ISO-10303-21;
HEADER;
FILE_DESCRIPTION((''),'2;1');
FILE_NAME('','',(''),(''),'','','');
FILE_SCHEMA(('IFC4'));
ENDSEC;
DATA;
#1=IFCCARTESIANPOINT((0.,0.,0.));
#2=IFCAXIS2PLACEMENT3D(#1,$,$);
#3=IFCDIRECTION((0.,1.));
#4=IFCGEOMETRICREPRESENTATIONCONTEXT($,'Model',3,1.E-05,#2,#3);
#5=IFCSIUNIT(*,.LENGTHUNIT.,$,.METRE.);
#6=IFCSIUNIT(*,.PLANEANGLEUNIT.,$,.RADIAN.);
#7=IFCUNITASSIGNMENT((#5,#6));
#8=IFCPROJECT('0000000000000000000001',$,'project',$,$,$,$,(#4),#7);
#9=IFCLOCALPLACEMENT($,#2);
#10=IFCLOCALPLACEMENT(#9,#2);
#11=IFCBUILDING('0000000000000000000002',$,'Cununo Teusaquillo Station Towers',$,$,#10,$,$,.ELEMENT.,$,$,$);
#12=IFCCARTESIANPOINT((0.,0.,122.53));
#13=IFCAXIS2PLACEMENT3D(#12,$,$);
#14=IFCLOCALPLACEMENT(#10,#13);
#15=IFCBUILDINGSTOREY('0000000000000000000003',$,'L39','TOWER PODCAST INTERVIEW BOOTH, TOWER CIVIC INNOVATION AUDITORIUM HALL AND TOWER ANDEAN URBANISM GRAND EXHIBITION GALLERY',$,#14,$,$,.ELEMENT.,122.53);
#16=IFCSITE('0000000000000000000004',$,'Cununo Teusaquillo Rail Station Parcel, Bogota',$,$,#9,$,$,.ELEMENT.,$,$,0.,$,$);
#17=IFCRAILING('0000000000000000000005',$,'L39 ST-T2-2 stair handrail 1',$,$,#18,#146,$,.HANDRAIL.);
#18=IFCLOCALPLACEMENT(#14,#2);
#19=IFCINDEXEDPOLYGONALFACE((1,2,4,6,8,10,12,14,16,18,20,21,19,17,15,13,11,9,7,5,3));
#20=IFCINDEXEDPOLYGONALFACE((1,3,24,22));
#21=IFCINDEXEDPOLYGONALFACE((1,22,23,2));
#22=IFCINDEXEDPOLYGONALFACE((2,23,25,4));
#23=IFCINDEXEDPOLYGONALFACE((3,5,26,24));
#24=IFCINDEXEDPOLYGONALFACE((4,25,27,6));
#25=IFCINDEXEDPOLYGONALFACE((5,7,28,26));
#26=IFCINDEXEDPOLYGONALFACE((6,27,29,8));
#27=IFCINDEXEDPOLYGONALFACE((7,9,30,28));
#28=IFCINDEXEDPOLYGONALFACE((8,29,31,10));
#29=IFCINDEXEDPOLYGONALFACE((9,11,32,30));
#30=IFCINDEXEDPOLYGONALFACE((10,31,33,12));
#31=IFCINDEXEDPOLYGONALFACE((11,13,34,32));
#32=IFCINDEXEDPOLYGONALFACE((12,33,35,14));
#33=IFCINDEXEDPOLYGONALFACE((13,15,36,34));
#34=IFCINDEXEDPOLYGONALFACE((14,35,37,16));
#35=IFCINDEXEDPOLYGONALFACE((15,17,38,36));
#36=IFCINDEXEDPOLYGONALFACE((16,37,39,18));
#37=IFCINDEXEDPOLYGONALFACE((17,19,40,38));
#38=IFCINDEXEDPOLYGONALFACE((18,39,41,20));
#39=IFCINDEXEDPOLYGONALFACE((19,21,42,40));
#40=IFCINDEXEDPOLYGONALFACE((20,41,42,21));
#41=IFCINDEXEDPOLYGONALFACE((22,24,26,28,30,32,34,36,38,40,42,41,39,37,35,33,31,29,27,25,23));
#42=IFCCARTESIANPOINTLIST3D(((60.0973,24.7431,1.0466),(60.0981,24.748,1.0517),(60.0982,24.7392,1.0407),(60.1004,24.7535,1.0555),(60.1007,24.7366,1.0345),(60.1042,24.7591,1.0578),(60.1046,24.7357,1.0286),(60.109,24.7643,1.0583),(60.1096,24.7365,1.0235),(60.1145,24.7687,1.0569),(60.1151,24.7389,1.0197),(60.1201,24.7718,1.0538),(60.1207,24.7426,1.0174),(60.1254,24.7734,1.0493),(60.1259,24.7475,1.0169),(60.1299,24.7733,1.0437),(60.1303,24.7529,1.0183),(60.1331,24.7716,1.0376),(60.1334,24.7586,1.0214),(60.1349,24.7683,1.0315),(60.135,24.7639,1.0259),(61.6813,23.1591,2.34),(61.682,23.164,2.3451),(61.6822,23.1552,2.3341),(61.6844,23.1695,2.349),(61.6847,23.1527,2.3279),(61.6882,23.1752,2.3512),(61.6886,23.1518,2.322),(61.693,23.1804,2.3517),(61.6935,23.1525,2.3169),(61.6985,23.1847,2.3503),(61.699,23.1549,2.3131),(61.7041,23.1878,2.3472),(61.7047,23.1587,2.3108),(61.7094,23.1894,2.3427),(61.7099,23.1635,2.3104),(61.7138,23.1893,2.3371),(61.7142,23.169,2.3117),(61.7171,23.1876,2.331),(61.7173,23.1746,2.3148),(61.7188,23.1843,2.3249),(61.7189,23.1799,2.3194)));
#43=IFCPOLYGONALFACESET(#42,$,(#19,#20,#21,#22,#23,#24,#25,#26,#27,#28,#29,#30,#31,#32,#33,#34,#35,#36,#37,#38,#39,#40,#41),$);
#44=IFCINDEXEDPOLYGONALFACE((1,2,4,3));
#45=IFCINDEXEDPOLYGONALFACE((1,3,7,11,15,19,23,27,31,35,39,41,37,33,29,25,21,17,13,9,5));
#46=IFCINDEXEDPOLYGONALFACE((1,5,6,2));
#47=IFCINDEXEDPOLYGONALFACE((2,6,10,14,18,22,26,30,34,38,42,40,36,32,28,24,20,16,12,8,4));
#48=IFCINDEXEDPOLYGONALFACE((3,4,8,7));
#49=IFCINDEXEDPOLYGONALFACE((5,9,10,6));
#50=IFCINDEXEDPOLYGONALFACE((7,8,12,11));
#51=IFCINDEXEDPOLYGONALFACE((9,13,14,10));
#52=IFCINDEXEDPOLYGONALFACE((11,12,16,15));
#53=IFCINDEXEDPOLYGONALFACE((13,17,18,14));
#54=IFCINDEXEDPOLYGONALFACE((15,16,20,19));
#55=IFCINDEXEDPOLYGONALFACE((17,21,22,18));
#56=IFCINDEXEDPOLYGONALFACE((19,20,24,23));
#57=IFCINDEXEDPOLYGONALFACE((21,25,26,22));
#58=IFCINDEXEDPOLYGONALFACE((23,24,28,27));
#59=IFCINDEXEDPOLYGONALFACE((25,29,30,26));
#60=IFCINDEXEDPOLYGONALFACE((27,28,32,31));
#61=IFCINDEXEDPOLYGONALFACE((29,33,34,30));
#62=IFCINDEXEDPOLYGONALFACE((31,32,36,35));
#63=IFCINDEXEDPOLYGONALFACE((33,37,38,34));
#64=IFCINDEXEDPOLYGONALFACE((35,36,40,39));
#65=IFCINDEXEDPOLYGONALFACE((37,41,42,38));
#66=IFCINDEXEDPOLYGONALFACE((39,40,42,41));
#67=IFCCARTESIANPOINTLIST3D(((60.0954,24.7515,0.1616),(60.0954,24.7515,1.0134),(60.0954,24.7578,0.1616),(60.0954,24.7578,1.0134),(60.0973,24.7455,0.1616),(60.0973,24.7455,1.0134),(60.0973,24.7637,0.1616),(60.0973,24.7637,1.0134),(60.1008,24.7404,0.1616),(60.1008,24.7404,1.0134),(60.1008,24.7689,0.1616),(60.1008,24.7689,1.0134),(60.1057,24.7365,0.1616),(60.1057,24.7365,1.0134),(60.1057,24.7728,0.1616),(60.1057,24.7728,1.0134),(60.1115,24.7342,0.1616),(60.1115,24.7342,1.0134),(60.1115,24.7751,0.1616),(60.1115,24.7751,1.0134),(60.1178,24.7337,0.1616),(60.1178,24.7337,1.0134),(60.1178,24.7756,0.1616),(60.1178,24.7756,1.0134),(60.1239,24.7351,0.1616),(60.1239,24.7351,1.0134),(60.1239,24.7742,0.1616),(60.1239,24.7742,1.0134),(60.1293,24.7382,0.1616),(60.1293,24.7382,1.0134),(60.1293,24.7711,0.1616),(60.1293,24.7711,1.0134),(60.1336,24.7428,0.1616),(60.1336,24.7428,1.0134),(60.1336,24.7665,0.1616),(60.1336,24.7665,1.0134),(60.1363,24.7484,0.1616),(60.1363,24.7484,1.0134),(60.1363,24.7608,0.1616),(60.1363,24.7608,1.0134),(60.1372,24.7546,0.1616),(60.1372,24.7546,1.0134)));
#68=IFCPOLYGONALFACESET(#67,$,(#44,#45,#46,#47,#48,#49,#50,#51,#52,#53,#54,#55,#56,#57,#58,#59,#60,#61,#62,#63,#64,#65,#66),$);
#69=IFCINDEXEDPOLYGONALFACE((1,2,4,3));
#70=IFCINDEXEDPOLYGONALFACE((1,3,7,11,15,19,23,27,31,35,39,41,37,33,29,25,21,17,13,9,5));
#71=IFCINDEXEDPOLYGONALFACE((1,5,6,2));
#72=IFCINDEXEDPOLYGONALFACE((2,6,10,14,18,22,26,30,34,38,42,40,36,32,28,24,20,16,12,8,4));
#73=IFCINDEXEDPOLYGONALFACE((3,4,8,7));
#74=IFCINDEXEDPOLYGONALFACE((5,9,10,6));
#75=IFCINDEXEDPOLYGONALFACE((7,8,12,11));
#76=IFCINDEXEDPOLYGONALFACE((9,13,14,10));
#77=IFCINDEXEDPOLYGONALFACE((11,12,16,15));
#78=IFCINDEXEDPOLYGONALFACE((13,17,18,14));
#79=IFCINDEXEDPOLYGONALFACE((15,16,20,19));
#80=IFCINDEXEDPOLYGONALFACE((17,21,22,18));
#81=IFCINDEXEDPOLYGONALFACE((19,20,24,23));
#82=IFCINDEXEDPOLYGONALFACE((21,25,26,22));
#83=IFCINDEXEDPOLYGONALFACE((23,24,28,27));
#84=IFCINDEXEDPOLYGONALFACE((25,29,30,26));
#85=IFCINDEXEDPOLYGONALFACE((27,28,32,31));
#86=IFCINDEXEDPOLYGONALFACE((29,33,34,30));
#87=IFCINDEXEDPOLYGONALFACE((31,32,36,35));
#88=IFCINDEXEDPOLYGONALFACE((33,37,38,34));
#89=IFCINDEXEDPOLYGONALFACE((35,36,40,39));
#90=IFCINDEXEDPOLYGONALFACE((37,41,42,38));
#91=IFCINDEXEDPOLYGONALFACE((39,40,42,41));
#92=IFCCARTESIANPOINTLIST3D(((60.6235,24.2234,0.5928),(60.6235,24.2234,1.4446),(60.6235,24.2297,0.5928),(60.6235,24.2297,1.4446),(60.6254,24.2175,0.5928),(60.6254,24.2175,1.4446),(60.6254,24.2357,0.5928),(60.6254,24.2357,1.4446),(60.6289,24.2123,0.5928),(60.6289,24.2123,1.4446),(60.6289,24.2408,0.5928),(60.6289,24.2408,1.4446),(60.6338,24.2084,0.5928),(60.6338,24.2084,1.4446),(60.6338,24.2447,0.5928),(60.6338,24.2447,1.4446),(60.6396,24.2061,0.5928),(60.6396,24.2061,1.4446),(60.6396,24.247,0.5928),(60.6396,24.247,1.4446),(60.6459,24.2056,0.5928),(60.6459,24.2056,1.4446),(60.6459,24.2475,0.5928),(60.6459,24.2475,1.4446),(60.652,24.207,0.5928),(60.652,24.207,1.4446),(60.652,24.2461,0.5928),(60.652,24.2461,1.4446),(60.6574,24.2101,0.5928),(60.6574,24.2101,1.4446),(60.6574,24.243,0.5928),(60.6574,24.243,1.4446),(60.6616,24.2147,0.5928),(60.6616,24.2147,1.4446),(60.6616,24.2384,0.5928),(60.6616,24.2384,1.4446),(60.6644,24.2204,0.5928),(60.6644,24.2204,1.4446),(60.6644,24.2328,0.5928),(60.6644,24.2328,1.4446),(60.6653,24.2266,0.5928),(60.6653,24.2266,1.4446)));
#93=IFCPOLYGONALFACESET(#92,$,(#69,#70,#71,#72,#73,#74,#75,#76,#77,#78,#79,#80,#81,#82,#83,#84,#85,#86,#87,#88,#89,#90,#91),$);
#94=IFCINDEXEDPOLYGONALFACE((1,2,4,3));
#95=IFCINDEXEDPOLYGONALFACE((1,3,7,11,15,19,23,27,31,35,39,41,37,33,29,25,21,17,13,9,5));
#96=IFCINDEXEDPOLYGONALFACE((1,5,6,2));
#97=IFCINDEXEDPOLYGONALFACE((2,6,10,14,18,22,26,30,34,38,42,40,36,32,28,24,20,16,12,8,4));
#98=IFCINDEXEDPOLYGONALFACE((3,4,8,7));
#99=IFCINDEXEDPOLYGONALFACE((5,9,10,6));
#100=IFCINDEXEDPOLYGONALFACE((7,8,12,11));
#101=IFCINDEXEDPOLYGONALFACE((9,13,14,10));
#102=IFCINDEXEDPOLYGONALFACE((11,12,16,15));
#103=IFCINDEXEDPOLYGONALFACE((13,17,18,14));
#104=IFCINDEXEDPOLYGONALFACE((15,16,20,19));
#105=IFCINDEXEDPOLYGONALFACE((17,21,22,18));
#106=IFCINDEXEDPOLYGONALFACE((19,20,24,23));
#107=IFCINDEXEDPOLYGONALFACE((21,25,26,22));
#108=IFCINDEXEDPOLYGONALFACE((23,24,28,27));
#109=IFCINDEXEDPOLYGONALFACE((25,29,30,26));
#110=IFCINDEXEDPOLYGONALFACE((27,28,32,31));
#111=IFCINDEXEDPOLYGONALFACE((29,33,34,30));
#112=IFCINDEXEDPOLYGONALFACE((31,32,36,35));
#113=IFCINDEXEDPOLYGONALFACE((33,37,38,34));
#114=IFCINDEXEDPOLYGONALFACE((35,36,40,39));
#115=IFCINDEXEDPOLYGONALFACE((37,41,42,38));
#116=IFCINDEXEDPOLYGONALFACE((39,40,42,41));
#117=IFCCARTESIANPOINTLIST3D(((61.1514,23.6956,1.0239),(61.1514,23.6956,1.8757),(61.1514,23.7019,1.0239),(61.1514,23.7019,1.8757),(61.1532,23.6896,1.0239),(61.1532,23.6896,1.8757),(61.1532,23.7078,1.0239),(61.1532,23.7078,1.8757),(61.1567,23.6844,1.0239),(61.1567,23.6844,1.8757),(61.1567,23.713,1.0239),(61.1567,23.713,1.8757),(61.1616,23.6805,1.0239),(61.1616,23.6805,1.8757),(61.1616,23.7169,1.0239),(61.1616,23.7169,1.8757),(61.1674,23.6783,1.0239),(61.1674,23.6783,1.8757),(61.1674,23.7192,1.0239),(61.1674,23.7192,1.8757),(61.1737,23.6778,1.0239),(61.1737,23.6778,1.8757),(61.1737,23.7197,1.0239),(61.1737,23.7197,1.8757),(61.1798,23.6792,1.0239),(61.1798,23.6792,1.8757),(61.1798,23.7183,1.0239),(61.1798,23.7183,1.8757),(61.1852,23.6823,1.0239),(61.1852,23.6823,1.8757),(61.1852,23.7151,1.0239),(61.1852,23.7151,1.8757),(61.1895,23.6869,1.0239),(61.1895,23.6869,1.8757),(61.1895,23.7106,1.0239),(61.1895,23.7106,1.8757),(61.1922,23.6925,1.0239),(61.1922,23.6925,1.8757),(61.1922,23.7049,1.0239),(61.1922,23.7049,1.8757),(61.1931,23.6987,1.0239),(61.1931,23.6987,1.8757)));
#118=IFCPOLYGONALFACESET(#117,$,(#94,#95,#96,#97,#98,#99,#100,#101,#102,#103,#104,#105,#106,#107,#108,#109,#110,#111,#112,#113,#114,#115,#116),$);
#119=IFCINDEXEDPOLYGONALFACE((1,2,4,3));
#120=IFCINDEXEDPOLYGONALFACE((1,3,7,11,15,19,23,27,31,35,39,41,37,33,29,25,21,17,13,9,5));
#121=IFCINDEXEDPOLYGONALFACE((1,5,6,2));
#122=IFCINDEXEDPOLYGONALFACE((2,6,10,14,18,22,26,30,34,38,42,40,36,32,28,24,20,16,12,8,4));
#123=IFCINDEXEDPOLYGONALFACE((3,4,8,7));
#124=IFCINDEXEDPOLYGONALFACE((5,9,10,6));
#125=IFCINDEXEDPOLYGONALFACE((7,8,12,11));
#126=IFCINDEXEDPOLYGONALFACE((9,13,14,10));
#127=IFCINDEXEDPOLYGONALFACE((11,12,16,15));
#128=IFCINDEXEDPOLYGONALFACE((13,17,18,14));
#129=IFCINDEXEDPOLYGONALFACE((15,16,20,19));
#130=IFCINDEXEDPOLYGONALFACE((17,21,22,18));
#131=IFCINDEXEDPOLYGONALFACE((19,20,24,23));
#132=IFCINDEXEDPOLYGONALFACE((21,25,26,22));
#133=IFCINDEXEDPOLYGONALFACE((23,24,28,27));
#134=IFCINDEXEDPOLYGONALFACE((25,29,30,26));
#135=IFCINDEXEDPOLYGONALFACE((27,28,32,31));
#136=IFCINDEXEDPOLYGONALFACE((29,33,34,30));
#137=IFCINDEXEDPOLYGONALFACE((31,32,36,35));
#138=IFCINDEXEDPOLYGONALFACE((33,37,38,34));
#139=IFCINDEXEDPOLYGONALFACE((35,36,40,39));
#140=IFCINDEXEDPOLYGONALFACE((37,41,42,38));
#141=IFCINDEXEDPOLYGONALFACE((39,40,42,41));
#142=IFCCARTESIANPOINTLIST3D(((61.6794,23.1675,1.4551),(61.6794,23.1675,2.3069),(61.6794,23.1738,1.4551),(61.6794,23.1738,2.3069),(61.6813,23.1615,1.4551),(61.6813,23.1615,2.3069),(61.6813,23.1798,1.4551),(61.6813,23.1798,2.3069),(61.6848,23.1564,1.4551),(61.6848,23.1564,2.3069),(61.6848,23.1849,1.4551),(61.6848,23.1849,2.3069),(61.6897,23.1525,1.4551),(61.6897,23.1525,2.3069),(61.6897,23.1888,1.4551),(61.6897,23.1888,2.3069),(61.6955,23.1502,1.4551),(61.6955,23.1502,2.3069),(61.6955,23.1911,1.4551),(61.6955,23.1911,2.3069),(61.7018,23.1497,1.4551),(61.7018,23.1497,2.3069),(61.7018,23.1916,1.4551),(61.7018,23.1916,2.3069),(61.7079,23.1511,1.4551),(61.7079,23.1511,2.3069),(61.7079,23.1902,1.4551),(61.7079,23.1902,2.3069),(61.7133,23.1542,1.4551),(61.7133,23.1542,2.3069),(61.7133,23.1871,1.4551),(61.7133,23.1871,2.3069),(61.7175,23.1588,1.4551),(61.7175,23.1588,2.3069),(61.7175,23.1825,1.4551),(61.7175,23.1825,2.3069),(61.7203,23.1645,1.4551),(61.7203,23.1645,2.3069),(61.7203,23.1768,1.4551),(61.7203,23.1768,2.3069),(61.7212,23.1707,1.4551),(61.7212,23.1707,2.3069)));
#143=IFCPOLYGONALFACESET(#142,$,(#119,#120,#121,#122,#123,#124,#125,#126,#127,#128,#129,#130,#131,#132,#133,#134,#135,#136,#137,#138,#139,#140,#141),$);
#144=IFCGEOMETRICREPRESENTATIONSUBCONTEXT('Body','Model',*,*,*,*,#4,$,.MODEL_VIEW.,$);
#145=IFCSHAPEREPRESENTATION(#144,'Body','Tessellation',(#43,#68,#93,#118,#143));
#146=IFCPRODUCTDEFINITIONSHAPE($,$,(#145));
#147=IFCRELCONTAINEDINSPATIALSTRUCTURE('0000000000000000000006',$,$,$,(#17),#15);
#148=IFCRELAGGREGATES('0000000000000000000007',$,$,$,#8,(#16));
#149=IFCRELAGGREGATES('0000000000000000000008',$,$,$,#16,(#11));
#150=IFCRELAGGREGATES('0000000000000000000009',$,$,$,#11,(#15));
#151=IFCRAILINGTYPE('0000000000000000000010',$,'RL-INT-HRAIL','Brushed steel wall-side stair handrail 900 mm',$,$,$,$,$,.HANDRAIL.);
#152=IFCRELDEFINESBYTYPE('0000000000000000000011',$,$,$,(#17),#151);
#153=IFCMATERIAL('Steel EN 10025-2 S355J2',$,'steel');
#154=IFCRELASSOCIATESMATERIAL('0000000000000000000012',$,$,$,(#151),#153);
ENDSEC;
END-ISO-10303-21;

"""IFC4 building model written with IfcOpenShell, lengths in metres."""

from ifc_helpers import new_model, si_unit, direction, frame, origin, origin_2d, place, context, subcontext, project, spatial, circle, extrude, material, type_object, element, save


model = new_model("IFC4")

# Units and contexts
model_context = context("Model", 3, precision=1e-05, world=origin(), true_north=direction((0.0, 1.0)))
body_context = subcontext(model_context, "Body", "Model", "MODEL_VIEW")
ifc_project = project(units=[si_unit("LENGTHUNIT", "METRE"), si_unit("PLANEANGLEUNIT", "RADIAN")], contexts=[model_context])

# Site, building, storey
site_placement = place(None, origin())
site = spatial("IfcSite", under=ifc_project, at=site_placement, Name="Cununo Teusaquillo Rail Station Parcel, Bogota", CompositionType="ELEMENT", RefElevation=0.0)
building_placement = place(site_placement, origin())
building = spatial("IfcBuilding", under=site, at=building_placement, Name="Cununo Teusaquillo Station Towers", CompositionType="ELEMENT")
storey_placement = place(building_placement, frame((0.0, 0.0, 122.53)))
storey = spatial("IfcBuildingStorey", under=building, at=storey_placement, Name="L39", Description="TOWER PODCAST INTERVIEW BOOTH, TOWER CIVIC INNOVATION AUDITORIUM HALL AND TOWER ANDEAN URBANISM GRAND EXHIBITION GALLERY", CompositionType="ELEMENT", Elevation=122.53)

# Railing
ifc_material_1 = material(Name="Steel EN 10025-2 S355J2", Category="steel")
railing_type_1 = type_object("IfcRailingType", Name="RL-INT-HRAIL", Description="Brushed steel wall-side stair handrail 900 mm", PredefinedType="HANDRAIL", material=ifc_material_1)
railing_1_placement = place(storey_placement, frame((60.1162, 24.7546, 0.1616)))
element("IfcRailing", 1, at=railing_1_placement, inside=storey, type_object=railing_type_1, Name="L39 ST-T2-2 stair handrail 1", PredefinedType="HANDRAIL", context=body_context, shape_type="SweptSolid", body=[
    extrude(circle(Radius=0.0239, at=origin_2d()), frame((0.0, 0.0, 0.876), z_axis=(0.612356, -0.612356, 0.50004), x_axis=(0.707107, 0.707107, 0.0)), (0.0, 0.0, 1.0), 2.5867),
    extrude(circle(Radius=0.021, at=origin_2d()), origin(), (0.0, 0.0, 1.0), 0.8518),
    extrude(circle(Radius=0.021, at=origin_2d()), frame((0.5281, -0.5281, 0.4312)), (0.0, 0.0, 1.0), 0.8518),
    extrude(circle(Radius=0.021, at=origin_2d()), frame((1.0559, -1.0559, 0.8623)), (0.0, 0.0, 1.0), 0.8518),
    extrude(circle(Radius=0.021, at=origin_2d()), frame((1.584, -1.584, 1.2935)), (0.0, 0.0, 1.0), 0.8518),
])

save(model, "model.ifc")
